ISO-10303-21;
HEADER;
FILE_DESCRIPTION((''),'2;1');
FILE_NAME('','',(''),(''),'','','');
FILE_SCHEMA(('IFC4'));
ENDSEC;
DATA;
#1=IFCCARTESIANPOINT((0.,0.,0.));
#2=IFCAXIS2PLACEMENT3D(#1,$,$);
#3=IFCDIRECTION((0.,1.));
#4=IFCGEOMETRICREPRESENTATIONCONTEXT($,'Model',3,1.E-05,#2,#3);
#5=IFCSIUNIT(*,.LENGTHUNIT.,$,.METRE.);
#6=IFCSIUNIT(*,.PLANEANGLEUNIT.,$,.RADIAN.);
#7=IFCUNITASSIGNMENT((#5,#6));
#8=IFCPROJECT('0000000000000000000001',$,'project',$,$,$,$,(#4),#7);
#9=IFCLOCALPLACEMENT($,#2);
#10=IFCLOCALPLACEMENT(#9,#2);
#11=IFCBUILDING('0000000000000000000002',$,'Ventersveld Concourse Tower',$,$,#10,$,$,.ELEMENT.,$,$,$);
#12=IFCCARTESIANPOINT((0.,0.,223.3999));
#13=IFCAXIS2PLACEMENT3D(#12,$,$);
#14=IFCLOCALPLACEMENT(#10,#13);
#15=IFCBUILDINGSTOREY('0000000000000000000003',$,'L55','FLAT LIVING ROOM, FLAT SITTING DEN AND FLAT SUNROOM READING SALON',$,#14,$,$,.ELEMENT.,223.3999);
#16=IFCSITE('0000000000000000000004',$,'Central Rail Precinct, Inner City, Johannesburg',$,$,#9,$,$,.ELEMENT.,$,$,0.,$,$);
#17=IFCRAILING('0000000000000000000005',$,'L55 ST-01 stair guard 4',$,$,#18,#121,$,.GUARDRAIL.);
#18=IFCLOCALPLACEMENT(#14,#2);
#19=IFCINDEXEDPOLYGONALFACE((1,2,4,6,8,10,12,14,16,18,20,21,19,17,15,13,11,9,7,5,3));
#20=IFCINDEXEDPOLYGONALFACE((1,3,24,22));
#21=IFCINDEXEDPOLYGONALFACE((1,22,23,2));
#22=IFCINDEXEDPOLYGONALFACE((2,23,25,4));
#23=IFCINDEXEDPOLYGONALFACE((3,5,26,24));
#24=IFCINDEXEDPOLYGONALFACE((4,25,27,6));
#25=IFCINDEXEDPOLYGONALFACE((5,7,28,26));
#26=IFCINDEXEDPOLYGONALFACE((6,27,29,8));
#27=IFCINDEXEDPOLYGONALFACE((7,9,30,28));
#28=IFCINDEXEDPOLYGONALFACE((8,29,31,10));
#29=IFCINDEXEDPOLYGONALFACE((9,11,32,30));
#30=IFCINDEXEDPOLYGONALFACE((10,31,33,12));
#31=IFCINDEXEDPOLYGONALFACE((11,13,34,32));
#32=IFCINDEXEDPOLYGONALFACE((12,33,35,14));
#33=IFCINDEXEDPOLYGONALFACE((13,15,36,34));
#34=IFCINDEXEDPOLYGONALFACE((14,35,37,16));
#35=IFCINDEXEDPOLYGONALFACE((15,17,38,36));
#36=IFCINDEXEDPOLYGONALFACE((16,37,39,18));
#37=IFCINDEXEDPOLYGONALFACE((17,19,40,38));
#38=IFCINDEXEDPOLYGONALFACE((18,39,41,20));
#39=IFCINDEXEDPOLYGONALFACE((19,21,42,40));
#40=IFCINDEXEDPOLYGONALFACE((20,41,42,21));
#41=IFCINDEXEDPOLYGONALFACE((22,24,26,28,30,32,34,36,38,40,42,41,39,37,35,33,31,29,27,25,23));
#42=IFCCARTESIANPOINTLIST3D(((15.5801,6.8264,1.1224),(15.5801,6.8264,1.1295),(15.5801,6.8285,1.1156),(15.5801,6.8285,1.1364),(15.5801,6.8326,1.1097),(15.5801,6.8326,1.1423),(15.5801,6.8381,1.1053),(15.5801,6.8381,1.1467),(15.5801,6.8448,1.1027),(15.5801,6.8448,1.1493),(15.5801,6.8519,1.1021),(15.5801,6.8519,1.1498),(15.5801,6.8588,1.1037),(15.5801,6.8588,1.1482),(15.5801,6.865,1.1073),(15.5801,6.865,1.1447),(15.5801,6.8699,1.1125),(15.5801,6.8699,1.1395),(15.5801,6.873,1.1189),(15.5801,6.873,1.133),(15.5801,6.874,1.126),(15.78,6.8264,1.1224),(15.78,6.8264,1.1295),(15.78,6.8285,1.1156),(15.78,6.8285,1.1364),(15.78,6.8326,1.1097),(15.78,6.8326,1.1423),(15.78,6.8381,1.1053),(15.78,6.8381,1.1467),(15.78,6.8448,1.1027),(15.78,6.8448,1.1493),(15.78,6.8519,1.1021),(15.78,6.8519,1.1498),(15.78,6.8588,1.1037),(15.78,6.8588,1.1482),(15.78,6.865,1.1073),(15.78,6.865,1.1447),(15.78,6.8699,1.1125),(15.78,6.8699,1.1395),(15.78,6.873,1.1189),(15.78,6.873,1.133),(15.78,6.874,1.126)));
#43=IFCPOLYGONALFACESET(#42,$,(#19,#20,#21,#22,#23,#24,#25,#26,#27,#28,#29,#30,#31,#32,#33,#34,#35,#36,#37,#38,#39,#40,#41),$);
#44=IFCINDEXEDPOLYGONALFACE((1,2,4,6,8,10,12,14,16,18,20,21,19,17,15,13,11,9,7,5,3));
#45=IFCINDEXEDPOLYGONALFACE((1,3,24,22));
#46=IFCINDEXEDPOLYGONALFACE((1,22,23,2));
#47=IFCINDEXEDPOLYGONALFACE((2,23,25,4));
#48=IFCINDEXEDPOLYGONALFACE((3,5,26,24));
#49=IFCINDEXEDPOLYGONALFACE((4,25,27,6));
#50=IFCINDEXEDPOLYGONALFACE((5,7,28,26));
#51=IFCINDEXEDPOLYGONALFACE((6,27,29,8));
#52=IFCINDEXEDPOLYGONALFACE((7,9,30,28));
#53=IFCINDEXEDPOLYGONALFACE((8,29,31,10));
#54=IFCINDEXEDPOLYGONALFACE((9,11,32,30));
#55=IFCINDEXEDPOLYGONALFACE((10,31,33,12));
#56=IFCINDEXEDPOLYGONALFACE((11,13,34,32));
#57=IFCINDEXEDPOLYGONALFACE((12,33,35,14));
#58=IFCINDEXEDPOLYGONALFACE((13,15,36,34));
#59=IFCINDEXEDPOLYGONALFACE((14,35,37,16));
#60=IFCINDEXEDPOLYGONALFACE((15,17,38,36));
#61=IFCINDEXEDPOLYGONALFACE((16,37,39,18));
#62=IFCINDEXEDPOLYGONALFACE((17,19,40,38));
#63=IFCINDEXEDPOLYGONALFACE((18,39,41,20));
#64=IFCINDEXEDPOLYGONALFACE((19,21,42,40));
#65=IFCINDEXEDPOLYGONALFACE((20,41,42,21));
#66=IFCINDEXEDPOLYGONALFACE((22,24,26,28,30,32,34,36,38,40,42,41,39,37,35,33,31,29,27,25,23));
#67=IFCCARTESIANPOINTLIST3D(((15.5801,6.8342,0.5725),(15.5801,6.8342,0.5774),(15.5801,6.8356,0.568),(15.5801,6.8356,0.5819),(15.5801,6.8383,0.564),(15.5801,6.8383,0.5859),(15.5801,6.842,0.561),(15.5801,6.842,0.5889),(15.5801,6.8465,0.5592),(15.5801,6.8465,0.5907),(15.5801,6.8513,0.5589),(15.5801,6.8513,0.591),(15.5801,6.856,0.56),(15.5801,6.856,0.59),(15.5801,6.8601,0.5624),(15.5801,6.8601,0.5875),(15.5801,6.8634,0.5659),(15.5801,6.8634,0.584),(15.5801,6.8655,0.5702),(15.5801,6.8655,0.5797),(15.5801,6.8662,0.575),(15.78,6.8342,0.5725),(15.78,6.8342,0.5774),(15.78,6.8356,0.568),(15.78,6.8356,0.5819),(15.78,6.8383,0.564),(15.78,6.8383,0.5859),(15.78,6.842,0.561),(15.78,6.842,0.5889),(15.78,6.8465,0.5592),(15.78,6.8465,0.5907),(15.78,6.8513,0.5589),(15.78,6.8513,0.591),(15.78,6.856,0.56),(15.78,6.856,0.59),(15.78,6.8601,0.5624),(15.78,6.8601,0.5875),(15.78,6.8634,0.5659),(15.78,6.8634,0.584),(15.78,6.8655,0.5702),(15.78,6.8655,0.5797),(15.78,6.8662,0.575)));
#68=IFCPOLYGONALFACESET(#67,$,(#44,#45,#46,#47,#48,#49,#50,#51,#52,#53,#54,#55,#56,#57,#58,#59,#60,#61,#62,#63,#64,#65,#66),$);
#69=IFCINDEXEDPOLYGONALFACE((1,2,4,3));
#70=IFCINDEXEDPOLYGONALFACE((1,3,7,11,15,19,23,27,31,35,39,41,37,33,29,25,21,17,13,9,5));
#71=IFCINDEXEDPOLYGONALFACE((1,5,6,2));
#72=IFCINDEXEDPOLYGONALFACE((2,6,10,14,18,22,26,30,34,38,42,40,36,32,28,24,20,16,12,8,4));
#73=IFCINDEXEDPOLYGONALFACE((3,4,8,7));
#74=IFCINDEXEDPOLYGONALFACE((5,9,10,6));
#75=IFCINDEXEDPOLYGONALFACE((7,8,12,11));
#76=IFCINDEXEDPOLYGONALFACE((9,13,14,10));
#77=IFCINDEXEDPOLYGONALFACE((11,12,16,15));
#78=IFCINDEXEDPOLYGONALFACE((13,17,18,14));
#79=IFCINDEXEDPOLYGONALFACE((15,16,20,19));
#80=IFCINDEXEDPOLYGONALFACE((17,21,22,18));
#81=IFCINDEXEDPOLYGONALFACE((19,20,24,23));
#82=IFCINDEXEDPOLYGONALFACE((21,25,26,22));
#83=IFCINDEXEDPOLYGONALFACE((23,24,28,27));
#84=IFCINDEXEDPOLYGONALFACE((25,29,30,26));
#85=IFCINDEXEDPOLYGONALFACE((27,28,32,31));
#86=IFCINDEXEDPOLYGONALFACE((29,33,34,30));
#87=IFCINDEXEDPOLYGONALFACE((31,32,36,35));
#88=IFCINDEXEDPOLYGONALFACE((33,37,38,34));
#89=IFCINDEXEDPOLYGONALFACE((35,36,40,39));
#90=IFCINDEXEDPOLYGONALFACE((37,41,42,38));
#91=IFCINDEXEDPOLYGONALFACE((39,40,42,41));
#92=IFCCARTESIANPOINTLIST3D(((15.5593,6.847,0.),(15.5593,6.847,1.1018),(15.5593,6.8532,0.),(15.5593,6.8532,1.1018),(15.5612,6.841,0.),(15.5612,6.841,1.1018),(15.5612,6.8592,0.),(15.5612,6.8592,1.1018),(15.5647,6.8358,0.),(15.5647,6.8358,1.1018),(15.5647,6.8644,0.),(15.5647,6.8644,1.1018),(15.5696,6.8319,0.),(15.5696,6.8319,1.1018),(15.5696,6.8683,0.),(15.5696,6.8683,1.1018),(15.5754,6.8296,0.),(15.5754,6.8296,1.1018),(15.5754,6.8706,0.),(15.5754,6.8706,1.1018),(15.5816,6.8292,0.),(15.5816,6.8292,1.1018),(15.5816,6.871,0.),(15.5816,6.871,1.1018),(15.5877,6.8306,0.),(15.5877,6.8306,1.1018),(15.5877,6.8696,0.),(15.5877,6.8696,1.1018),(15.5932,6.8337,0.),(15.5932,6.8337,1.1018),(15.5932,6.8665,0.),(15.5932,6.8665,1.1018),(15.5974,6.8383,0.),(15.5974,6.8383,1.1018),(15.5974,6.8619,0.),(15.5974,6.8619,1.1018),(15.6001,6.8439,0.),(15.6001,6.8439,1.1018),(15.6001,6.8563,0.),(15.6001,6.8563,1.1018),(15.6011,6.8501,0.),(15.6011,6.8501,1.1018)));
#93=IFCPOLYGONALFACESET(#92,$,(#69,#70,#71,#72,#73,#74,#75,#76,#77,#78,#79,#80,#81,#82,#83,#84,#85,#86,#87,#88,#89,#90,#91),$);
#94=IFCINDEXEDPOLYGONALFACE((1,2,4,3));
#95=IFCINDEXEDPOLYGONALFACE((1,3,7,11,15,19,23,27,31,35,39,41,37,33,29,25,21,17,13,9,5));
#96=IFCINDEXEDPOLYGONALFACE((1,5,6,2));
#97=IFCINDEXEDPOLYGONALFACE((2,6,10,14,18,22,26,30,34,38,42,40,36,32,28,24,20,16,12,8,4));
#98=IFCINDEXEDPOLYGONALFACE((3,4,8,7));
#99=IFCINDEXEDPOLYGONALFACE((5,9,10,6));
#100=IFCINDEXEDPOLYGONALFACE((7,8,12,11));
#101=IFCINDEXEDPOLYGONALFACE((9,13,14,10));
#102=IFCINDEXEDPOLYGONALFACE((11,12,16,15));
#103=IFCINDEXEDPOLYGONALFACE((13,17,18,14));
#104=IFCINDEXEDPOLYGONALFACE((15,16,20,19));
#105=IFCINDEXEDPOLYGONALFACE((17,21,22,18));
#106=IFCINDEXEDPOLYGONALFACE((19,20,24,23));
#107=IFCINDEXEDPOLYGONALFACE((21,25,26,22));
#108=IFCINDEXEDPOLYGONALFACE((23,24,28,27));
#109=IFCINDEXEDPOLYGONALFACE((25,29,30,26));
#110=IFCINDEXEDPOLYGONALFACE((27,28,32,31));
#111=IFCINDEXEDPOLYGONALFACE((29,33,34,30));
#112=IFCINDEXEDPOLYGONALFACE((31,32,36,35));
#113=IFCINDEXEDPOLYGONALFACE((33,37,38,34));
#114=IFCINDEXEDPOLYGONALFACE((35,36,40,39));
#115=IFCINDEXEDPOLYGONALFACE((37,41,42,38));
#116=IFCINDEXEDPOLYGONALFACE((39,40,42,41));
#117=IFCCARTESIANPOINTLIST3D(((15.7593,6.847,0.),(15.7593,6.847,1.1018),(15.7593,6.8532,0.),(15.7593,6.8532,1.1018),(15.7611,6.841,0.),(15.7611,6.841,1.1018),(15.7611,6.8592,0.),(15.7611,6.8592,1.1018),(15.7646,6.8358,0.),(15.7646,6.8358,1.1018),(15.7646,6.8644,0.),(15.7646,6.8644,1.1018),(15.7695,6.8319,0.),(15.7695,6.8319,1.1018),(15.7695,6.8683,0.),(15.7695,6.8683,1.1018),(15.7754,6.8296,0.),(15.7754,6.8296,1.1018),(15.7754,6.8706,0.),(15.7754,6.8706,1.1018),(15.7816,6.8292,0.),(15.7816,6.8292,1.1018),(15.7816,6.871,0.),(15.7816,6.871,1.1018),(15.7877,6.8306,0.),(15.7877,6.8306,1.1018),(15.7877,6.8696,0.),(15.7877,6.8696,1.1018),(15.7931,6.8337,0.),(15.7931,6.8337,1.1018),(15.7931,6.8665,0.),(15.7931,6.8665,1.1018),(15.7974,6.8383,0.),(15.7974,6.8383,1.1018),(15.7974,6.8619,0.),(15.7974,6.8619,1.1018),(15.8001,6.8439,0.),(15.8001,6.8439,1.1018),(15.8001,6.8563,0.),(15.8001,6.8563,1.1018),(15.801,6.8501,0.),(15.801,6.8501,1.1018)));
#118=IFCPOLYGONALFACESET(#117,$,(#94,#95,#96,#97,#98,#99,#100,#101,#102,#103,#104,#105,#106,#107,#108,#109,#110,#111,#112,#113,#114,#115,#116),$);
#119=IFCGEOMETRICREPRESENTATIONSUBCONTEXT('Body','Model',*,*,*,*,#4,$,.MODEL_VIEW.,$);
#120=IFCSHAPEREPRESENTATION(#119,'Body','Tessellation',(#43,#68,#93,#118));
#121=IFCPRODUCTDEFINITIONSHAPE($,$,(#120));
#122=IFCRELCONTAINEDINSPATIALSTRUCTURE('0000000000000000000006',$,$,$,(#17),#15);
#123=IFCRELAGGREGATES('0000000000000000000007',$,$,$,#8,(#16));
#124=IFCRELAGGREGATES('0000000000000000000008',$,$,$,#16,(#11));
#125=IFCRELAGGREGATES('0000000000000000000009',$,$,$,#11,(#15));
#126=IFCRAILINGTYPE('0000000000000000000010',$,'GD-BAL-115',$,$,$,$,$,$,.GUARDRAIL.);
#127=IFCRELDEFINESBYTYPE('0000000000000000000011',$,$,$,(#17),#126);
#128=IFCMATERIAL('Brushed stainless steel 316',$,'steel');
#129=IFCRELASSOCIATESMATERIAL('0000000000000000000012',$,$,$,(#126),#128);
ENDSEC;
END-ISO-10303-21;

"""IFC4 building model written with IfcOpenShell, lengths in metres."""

from ifc_helpers import new_model, si_unit, direction, frame, origin, origin_2d, place, context, subcontext, project, spatial, circle, extrude, material, type_object, element, save


model = new_model("IFC4")

# Units and contexts
model_context = context("Model", 3, precision=1e-05, world=origin(), true_north=direction((0.0, 1.0)))
body_context = subcontext(model_context, "Body", "Model", "MODEL_VIEW")
ifc_project = project(units=[si_unit("LENGTHUNIT", "METRE"), si_unit("PLANEANGLEUNIT", "RADIAN")], contexts=[model_context])

# Site, building, storey
site_placement = place(None, origin())
site = spatial("IfcSite", under=ifc_project, at=site_placement, Name="Central Rail Precinct, Inner City, Johannesburg", CompositionType="ELEMENT", RefElevation=0.0)
building_placement = place(site_placement, origin())
building = spatial("IfcBuilding", under=site, at=building_placement, Name="Ventersveld Concourse Tower", CompositionType="ELEMENT")
storey_placement = place(building_placement, frame((0.0, 0.0, 223.3999)))
storey = spatial("IfcBuildingStorey", under=building, at=storey_placement, Name="L55", Description="FLAT LIVING ROOM, FLAT SITTING DEN AND FLAT SUNROOM READING SALON", CompositionType="ELEMENT", Elevation=223.3999)

# Shared definitions
ifc_material_1 = material(Name="Brushed stainless steel 316", Category="steel")

# Railing
railing_type_1 = type_object("IfcRailingType", Name="GD-BAL-115", PredefinedType="GUARDRAIL", material=ifc_material_1)
railing_1_placement = place(storey_placement, frame((15.5801, 6.8501, 0.0)))
element("IfcRailing", 1, at=railing_1_placement, inside=storey, type_object=railing_type_1, Name="L55 ST-01 stair guard 4", PredefinedType="GUARDRAIL", context=body_context, shape_type="SweptSolid", body=[
    extrude(circle(Radius=0.0239, at=origin_2d()), frame((0.0, 0.0, 1.126), z_axis=(1.0, 0.0, 0.0), x_axis=(0.0, 1.0, 0.0)), (0.0, 0.0, 1.0), 0.2),
    extrude(circle(Radius=0.0161, at=origin_2d()), frame((0.0, 0.0, 0.575), z_axis=(1.0, 0.0, 0.0), x_axis=(0.0, 1.0, 0.0)), (0.0, 0.0, 1.0), 0.2),
    extrude(circle(Radius=0.021, at=origin_2d()), origin(), (0.0, 0.0, 1.0), 1.1018),
    extrude(circle(Radius=0.021, at=origin_2d()), frame((0.2, 0.0, 0.0)), (0.0, 0.0, 1.0), 1.1018),
])

save(model, "model.ifc")
